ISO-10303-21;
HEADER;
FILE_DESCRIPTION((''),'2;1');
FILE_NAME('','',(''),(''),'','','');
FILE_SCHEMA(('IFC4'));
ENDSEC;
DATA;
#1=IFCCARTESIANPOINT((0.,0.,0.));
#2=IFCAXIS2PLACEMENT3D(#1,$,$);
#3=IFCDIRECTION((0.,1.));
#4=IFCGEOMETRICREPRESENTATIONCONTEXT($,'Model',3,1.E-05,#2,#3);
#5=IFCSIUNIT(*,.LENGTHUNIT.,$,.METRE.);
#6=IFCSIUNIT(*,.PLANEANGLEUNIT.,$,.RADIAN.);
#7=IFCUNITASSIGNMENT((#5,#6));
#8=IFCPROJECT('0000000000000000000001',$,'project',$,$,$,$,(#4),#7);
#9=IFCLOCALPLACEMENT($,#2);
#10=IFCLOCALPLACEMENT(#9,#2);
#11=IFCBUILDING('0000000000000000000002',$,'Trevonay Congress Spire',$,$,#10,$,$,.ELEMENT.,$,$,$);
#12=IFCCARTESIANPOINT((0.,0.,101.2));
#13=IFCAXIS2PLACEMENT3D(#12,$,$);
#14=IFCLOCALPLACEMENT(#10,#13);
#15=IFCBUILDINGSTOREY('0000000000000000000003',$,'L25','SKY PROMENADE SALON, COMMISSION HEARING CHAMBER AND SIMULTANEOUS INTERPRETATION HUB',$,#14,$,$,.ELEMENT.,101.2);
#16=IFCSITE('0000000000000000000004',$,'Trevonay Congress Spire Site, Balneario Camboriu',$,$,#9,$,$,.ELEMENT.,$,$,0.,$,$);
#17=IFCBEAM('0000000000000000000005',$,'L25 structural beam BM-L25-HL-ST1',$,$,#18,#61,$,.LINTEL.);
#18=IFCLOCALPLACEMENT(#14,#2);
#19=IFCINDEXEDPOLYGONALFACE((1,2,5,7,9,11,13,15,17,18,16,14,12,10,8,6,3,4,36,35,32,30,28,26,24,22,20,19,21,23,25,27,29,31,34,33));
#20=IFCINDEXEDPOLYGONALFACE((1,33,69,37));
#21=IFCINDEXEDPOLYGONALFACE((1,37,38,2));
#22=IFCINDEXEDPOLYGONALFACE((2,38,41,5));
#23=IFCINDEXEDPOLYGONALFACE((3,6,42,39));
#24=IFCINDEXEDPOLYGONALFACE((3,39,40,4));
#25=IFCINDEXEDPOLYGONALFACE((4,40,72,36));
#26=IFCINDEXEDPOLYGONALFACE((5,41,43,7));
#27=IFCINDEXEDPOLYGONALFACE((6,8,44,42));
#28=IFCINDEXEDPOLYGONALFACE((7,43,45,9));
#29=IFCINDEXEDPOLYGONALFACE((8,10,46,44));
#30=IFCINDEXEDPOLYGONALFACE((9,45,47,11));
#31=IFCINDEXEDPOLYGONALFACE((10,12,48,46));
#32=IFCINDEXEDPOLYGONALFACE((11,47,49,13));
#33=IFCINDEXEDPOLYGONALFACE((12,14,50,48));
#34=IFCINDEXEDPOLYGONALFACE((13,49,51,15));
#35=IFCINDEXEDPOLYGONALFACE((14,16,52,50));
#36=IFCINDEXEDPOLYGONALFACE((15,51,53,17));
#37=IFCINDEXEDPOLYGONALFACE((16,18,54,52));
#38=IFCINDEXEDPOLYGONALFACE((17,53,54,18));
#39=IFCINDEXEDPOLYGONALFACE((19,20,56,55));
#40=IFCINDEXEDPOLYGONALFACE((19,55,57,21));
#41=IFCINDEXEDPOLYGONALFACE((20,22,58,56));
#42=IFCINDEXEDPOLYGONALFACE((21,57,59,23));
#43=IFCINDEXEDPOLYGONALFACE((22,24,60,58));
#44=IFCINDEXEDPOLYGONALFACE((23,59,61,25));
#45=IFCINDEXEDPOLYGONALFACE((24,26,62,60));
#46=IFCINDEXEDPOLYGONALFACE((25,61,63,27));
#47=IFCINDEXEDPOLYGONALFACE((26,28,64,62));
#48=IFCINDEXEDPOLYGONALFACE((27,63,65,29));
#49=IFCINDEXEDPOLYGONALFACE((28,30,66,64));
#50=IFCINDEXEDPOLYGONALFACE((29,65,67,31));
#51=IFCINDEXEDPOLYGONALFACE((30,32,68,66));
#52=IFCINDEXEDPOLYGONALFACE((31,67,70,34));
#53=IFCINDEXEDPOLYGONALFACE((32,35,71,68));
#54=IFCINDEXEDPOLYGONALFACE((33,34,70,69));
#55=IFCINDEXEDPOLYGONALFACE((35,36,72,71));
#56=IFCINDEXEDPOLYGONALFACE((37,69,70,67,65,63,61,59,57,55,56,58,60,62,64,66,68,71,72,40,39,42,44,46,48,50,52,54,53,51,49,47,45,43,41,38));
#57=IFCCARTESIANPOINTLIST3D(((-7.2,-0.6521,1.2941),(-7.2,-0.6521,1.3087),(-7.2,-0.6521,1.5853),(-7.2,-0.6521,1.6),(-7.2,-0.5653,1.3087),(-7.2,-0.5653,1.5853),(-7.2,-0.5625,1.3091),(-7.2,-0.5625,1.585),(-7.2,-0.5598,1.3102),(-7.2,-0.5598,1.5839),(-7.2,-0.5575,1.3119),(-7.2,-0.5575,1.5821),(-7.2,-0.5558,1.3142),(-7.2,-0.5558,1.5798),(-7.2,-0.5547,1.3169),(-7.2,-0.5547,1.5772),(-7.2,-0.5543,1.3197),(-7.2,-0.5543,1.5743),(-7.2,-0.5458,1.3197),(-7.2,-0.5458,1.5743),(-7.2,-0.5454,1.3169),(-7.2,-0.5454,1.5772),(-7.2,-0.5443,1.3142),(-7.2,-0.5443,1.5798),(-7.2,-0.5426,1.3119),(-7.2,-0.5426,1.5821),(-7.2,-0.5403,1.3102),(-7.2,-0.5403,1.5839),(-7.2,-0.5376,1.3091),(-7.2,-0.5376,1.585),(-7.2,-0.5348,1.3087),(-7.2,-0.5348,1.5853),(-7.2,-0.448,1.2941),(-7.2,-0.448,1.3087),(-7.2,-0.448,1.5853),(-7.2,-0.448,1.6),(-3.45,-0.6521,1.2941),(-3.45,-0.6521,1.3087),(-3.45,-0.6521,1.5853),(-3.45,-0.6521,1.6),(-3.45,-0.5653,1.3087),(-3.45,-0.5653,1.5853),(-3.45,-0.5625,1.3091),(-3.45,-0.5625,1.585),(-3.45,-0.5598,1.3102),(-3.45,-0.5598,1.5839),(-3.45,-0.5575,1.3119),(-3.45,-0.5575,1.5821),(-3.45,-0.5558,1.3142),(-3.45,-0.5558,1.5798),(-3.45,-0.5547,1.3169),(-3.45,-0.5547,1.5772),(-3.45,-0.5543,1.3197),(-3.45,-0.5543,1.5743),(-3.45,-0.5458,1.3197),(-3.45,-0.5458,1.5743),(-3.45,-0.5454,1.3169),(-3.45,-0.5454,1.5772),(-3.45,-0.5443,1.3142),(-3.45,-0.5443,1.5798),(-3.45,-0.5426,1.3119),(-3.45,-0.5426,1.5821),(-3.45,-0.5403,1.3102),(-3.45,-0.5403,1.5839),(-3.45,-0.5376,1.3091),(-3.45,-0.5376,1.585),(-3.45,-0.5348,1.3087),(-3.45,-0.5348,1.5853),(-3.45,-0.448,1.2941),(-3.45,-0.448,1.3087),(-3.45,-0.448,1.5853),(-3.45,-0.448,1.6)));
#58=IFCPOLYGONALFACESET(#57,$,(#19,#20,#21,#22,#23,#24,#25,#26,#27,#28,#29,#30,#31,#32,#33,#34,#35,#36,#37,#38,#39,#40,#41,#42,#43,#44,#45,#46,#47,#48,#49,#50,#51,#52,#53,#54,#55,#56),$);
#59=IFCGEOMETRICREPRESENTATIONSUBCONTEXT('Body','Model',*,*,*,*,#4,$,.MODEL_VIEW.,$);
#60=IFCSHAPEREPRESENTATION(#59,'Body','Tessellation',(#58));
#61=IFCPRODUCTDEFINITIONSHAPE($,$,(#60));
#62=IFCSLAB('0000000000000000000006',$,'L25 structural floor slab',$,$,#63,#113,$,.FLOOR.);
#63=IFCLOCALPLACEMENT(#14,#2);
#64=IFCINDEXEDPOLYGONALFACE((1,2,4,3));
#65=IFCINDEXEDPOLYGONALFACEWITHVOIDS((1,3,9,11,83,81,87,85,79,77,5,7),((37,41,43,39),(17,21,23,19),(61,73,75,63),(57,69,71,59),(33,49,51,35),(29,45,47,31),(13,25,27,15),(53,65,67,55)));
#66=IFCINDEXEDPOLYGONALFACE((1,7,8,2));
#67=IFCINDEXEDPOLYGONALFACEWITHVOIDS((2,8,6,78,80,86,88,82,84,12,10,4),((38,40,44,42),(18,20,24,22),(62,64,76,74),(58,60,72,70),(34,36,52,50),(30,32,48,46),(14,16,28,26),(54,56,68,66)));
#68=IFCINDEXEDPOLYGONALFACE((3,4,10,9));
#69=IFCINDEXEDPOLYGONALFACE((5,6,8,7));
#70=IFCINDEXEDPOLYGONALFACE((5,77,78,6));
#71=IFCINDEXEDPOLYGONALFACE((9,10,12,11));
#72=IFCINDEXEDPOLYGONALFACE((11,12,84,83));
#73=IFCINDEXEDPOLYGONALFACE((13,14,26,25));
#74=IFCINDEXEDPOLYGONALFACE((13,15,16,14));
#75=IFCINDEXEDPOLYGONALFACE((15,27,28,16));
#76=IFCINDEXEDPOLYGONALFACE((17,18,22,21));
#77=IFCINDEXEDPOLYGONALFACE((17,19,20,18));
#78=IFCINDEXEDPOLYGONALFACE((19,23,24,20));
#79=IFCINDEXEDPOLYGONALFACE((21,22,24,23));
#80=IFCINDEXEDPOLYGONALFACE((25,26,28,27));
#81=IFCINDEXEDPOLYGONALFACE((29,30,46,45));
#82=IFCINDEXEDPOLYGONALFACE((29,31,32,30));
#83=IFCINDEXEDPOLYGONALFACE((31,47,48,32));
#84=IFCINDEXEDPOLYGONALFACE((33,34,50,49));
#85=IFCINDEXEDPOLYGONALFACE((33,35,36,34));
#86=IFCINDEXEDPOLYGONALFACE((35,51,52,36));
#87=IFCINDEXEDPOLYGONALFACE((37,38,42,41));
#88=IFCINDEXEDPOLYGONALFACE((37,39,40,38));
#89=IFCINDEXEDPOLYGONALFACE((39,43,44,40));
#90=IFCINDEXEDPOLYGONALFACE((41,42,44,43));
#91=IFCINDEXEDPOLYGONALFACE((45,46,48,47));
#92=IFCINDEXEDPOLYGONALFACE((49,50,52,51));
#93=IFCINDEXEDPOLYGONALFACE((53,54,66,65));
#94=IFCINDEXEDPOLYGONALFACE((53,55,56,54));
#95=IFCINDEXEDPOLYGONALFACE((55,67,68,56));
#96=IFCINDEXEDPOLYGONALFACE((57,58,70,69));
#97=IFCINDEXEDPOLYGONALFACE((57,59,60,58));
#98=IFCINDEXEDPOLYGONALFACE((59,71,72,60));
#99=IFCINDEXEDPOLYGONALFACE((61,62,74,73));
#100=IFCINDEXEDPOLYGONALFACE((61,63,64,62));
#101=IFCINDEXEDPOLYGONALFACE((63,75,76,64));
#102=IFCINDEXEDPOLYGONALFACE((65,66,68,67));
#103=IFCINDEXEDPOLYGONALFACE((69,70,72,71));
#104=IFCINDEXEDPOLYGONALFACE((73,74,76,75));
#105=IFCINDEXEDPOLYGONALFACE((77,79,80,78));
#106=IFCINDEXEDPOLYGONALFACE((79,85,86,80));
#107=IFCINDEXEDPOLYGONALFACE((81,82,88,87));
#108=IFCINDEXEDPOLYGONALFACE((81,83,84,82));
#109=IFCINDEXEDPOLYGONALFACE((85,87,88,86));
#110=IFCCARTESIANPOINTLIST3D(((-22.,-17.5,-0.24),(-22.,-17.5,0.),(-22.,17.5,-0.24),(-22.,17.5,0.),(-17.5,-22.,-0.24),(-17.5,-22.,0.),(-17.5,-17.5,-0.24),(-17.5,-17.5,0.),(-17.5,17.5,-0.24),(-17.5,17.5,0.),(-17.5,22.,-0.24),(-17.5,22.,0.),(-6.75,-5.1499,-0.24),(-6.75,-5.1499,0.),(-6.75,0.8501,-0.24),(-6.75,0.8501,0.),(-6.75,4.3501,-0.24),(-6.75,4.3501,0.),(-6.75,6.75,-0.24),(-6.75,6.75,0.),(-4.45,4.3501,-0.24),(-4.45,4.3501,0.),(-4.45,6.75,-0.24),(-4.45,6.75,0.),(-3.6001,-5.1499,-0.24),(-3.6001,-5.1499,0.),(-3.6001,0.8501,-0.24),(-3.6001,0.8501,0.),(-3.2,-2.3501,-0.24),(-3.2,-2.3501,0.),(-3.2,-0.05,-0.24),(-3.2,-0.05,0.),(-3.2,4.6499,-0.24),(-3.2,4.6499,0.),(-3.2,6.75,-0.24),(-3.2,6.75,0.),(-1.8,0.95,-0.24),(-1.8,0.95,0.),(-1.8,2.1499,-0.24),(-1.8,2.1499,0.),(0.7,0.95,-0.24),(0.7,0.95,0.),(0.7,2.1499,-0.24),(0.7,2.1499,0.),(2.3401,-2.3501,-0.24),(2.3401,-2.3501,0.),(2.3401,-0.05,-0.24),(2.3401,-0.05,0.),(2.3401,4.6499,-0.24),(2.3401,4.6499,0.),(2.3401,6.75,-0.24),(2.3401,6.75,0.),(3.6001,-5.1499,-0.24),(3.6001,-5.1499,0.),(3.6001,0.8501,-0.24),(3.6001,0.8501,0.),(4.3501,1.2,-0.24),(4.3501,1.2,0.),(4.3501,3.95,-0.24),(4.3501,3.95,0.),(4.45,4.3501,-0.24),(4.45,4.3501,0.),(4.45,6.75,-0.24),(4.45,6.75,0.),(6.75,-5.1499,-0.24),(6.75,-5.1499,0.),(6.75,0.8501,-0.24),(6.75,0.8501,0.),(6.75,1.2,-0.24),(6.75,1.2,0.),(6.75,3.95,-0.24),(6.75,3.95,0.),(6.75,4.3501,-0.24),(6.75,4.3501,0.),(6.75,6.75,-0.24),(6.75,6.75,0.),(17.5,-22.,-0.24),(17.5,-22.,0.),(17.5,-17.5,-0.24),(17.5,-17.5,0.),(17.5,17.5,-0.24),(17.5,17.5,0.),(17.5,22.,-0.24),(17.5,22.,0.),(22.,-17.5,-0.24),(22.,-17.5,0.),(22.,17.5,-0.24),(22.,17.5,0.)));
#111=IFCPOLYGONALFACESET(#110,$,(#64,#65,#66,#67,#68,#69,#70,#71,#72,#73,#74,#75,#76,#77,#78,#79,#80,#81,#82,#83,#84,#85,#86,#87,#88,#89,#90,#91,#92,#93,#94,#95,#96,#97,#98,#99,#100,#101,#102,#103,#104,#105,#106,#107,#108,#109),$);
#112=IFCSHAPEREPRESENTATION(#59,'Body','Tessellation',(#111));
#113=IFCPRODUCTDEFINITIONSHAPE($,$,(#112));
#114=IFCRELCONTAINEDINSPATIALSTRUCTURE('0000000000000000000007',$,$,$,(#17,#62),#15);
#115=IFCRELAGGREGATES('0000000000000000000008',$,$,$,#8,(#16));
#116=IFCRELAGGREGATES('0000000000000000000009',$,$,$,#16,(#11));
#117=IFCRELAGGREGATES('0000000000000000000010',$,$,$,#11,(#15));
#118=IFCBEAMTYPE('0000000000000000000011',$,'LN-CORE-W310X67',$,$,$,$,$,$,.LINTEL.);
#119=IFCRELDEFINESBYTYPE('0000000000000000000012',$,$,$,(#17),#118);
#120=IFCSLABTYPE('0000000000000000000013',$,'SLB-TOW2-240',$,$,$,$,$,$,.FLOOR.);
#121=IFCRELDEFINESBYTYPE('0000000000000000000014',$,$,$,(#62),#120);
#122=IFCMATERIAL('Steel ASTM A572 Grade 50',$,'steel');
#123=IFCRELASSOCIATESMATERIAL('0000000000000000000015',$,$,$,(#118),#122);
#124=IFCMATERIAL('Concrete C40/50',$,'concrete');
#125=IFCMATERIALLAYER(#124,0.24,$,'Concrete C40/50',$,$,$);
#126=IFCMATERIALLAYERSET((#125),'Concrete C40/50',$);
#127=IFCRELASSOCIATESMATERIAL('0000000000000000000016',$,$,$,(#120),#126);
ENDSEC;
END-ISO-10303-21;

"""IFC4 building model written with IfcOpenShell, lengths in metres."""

from ifc_helpers import new_model, si_unit, direction, frame, origin, origin_2d, place, context, subcontext, project, spatial, polyline, i_section, outline, extrude, material, layer, layer_set, material_profile, profile_set, type_object, element, save


model = new_model("IFC4")

# Units and contexts
model_context = context("Model", 3, precision=1e-05, world=origin(), true_north=direction((0.0, 1.0)))
body_context = subcontext(model_context, "Body", "Model", "MODEL_VIEW")
ifc_project = project(units=[si_unit("LENGTHUNIT", "METRE"), si_unit("PLANEANGLEUNIT", "RADIAN")], contexts=[model_context])

# Site, building, storey
site_placement = place(None, origin())
site = spatial("IfcSite", under=ifc_project, at=site_placement, Name="Trevonay Congress Spire Site, Balneario Camboriu", CompositionType="ELEMENT", RefElevation=0.0)
building_placement = place(site_placement, origin())
building = spatial("IfcBuilding", under=site, at=building_placement, Name="Trevonay Congress Spire", CompositionType="ELEMENT")
storey_placement = place(building_placement, frame((0.0, 0.0, 101.2)))
storey = spatial("IfcBuildingStorey", under=building, at=storey_placement, Name="L25", Description="SKY PROMENADE SALON, COMMISSION HEARING CHAMBER AND SIMULTANEOUS INTERPRETATION HUB", CompositionType="ELEMENT", Elevation=101.2)

# Shared definitions
ifc_material_1 = material(Name="Steel ASTM A572 Grade 50", Category="steel")

# Beam
ifc_material_profile_1 = material_profile(ifc_material_1, i_section(OverallWidth=0.2041, OverallDepth=0.3059, WebThickness=0.0085, FlangeThickness=0.0146, FilletRadius=0.011, at=origin_2d()), Name="W310x67")
ifc_profile_set_1 = profile_set([ifc_material_profile_1], Name="Steel ASTM A572 Grade 50")
beam_type_1 = type_object("IfcBeamType", Name="LN-CORE-W310X67", PredefinedType="LINTEL", material=ifc_profile_set_1)
beam_1_placement = place(storey_placement, frame((-7.2, -0.55, 1.447), z_axis=(1.0, 0.0, 0.0), x_axis=(0.0, 1.0, 0.0)))
element("IfcBeam", 1, at=beam_1_placement, inside=storey, type_object=beam_type_1, Name="L25 structural beam BM-L25-HL-ST1", PredefinedType="LINTEL", context=body_context, shape_type="SweptSolid", body=[
    extrude(i_section(OverallWidth=0.2041, OverallDepth=0.3059, WebThickness=0.0085, FlangeThickness=0.0146, FilletRadius=0.011, at=origin_2d()), origin(), (0.0, 0.0, 1.0), 3.75),
])

# Slab
ifc_material_2 = material(Name="Concrete C40/50", Category="concrete")
ifc_layer_1 = layer(ifc_material_2, 0.24, Name="Concrete C40/50")
ifc_layer_set_1 = layer_set([ifc_layer_1], Name="Concrete C40/50")
slab_type = type_object("IfcSlabType", Name="SLB-TOW2-240", PredefinedType="FLOOR", material=ifc_layer_set_1)
slab_placement = place(storey_placement, frame((0.0, 0.0, -0.24)))
element("IfcSlab", 2, at=slab_placement, inside=storey, type_object=slab_type, Name="L25 structural floor slab", PredefinedType="FLOOR", context=body_context, shape_type="SweptSolid", body=[
    extrude(outline(polyline([(-17.5, -22.0), (17.5, -22.0), (17.5, -17.5), (22.0, -17.5), (22.0, 17.5), (17.5, 17.5), (17.5, 22.0), (-17.5, 22.0), (-17.5, 17.5), (-22.0, 17.5), (-22.0, -17.5), (-17.5, -17.5), (-17.5, -22.0)]), holes=[polyline([(-3.6001, -5.1499), (-3.6001, 0.8501), (-6.75, 0.8501), (-6.75, -5.1499), (-3.6001, -5.1499)]), polyline([(6.75, -5.1499), (6.75, 0.8501), (3.6001, 0.8501), (3.6001, -5.1499), (6.75, -5.1499)]), polyline([(-3.2, -2.3501), (2.3401, -2.3501), (2.3401, -0.05), (-3.2, -0.05), (-3.2, -2.3501)]), polyline([(-3.2, 4.6499), (2.3401, 4.6499), (2.3401, 6.75), (-3.2, 6.75), (-3.2, 4.6499)]), polyline([(-6.75, 4.3501), (-4.45, 4.3501), (-4.45, 6.75), (-6.75, 6.75), (-6.75, 4.3501)]), polyline([(4.45, 4.3501), (6.75, 4.3501), (6.75, 6.75), (4.45, 6.75), (4.45, 4.3501)]), polyline([(4.3501, 1.2), (6.75, 1.2), (6.75, 3.95), (4.3501, 3.95), (4.3501, 1.2)]), polyline([(-1.8, 0.95), (0.7, 0.95), (0.7, 2.1499), (-1.8, 2.1499), (-1.8, 0.95)])]), origin(), (0.0, 0.0, 1.0), 0.24),
])

save(model, "model.ifc")
